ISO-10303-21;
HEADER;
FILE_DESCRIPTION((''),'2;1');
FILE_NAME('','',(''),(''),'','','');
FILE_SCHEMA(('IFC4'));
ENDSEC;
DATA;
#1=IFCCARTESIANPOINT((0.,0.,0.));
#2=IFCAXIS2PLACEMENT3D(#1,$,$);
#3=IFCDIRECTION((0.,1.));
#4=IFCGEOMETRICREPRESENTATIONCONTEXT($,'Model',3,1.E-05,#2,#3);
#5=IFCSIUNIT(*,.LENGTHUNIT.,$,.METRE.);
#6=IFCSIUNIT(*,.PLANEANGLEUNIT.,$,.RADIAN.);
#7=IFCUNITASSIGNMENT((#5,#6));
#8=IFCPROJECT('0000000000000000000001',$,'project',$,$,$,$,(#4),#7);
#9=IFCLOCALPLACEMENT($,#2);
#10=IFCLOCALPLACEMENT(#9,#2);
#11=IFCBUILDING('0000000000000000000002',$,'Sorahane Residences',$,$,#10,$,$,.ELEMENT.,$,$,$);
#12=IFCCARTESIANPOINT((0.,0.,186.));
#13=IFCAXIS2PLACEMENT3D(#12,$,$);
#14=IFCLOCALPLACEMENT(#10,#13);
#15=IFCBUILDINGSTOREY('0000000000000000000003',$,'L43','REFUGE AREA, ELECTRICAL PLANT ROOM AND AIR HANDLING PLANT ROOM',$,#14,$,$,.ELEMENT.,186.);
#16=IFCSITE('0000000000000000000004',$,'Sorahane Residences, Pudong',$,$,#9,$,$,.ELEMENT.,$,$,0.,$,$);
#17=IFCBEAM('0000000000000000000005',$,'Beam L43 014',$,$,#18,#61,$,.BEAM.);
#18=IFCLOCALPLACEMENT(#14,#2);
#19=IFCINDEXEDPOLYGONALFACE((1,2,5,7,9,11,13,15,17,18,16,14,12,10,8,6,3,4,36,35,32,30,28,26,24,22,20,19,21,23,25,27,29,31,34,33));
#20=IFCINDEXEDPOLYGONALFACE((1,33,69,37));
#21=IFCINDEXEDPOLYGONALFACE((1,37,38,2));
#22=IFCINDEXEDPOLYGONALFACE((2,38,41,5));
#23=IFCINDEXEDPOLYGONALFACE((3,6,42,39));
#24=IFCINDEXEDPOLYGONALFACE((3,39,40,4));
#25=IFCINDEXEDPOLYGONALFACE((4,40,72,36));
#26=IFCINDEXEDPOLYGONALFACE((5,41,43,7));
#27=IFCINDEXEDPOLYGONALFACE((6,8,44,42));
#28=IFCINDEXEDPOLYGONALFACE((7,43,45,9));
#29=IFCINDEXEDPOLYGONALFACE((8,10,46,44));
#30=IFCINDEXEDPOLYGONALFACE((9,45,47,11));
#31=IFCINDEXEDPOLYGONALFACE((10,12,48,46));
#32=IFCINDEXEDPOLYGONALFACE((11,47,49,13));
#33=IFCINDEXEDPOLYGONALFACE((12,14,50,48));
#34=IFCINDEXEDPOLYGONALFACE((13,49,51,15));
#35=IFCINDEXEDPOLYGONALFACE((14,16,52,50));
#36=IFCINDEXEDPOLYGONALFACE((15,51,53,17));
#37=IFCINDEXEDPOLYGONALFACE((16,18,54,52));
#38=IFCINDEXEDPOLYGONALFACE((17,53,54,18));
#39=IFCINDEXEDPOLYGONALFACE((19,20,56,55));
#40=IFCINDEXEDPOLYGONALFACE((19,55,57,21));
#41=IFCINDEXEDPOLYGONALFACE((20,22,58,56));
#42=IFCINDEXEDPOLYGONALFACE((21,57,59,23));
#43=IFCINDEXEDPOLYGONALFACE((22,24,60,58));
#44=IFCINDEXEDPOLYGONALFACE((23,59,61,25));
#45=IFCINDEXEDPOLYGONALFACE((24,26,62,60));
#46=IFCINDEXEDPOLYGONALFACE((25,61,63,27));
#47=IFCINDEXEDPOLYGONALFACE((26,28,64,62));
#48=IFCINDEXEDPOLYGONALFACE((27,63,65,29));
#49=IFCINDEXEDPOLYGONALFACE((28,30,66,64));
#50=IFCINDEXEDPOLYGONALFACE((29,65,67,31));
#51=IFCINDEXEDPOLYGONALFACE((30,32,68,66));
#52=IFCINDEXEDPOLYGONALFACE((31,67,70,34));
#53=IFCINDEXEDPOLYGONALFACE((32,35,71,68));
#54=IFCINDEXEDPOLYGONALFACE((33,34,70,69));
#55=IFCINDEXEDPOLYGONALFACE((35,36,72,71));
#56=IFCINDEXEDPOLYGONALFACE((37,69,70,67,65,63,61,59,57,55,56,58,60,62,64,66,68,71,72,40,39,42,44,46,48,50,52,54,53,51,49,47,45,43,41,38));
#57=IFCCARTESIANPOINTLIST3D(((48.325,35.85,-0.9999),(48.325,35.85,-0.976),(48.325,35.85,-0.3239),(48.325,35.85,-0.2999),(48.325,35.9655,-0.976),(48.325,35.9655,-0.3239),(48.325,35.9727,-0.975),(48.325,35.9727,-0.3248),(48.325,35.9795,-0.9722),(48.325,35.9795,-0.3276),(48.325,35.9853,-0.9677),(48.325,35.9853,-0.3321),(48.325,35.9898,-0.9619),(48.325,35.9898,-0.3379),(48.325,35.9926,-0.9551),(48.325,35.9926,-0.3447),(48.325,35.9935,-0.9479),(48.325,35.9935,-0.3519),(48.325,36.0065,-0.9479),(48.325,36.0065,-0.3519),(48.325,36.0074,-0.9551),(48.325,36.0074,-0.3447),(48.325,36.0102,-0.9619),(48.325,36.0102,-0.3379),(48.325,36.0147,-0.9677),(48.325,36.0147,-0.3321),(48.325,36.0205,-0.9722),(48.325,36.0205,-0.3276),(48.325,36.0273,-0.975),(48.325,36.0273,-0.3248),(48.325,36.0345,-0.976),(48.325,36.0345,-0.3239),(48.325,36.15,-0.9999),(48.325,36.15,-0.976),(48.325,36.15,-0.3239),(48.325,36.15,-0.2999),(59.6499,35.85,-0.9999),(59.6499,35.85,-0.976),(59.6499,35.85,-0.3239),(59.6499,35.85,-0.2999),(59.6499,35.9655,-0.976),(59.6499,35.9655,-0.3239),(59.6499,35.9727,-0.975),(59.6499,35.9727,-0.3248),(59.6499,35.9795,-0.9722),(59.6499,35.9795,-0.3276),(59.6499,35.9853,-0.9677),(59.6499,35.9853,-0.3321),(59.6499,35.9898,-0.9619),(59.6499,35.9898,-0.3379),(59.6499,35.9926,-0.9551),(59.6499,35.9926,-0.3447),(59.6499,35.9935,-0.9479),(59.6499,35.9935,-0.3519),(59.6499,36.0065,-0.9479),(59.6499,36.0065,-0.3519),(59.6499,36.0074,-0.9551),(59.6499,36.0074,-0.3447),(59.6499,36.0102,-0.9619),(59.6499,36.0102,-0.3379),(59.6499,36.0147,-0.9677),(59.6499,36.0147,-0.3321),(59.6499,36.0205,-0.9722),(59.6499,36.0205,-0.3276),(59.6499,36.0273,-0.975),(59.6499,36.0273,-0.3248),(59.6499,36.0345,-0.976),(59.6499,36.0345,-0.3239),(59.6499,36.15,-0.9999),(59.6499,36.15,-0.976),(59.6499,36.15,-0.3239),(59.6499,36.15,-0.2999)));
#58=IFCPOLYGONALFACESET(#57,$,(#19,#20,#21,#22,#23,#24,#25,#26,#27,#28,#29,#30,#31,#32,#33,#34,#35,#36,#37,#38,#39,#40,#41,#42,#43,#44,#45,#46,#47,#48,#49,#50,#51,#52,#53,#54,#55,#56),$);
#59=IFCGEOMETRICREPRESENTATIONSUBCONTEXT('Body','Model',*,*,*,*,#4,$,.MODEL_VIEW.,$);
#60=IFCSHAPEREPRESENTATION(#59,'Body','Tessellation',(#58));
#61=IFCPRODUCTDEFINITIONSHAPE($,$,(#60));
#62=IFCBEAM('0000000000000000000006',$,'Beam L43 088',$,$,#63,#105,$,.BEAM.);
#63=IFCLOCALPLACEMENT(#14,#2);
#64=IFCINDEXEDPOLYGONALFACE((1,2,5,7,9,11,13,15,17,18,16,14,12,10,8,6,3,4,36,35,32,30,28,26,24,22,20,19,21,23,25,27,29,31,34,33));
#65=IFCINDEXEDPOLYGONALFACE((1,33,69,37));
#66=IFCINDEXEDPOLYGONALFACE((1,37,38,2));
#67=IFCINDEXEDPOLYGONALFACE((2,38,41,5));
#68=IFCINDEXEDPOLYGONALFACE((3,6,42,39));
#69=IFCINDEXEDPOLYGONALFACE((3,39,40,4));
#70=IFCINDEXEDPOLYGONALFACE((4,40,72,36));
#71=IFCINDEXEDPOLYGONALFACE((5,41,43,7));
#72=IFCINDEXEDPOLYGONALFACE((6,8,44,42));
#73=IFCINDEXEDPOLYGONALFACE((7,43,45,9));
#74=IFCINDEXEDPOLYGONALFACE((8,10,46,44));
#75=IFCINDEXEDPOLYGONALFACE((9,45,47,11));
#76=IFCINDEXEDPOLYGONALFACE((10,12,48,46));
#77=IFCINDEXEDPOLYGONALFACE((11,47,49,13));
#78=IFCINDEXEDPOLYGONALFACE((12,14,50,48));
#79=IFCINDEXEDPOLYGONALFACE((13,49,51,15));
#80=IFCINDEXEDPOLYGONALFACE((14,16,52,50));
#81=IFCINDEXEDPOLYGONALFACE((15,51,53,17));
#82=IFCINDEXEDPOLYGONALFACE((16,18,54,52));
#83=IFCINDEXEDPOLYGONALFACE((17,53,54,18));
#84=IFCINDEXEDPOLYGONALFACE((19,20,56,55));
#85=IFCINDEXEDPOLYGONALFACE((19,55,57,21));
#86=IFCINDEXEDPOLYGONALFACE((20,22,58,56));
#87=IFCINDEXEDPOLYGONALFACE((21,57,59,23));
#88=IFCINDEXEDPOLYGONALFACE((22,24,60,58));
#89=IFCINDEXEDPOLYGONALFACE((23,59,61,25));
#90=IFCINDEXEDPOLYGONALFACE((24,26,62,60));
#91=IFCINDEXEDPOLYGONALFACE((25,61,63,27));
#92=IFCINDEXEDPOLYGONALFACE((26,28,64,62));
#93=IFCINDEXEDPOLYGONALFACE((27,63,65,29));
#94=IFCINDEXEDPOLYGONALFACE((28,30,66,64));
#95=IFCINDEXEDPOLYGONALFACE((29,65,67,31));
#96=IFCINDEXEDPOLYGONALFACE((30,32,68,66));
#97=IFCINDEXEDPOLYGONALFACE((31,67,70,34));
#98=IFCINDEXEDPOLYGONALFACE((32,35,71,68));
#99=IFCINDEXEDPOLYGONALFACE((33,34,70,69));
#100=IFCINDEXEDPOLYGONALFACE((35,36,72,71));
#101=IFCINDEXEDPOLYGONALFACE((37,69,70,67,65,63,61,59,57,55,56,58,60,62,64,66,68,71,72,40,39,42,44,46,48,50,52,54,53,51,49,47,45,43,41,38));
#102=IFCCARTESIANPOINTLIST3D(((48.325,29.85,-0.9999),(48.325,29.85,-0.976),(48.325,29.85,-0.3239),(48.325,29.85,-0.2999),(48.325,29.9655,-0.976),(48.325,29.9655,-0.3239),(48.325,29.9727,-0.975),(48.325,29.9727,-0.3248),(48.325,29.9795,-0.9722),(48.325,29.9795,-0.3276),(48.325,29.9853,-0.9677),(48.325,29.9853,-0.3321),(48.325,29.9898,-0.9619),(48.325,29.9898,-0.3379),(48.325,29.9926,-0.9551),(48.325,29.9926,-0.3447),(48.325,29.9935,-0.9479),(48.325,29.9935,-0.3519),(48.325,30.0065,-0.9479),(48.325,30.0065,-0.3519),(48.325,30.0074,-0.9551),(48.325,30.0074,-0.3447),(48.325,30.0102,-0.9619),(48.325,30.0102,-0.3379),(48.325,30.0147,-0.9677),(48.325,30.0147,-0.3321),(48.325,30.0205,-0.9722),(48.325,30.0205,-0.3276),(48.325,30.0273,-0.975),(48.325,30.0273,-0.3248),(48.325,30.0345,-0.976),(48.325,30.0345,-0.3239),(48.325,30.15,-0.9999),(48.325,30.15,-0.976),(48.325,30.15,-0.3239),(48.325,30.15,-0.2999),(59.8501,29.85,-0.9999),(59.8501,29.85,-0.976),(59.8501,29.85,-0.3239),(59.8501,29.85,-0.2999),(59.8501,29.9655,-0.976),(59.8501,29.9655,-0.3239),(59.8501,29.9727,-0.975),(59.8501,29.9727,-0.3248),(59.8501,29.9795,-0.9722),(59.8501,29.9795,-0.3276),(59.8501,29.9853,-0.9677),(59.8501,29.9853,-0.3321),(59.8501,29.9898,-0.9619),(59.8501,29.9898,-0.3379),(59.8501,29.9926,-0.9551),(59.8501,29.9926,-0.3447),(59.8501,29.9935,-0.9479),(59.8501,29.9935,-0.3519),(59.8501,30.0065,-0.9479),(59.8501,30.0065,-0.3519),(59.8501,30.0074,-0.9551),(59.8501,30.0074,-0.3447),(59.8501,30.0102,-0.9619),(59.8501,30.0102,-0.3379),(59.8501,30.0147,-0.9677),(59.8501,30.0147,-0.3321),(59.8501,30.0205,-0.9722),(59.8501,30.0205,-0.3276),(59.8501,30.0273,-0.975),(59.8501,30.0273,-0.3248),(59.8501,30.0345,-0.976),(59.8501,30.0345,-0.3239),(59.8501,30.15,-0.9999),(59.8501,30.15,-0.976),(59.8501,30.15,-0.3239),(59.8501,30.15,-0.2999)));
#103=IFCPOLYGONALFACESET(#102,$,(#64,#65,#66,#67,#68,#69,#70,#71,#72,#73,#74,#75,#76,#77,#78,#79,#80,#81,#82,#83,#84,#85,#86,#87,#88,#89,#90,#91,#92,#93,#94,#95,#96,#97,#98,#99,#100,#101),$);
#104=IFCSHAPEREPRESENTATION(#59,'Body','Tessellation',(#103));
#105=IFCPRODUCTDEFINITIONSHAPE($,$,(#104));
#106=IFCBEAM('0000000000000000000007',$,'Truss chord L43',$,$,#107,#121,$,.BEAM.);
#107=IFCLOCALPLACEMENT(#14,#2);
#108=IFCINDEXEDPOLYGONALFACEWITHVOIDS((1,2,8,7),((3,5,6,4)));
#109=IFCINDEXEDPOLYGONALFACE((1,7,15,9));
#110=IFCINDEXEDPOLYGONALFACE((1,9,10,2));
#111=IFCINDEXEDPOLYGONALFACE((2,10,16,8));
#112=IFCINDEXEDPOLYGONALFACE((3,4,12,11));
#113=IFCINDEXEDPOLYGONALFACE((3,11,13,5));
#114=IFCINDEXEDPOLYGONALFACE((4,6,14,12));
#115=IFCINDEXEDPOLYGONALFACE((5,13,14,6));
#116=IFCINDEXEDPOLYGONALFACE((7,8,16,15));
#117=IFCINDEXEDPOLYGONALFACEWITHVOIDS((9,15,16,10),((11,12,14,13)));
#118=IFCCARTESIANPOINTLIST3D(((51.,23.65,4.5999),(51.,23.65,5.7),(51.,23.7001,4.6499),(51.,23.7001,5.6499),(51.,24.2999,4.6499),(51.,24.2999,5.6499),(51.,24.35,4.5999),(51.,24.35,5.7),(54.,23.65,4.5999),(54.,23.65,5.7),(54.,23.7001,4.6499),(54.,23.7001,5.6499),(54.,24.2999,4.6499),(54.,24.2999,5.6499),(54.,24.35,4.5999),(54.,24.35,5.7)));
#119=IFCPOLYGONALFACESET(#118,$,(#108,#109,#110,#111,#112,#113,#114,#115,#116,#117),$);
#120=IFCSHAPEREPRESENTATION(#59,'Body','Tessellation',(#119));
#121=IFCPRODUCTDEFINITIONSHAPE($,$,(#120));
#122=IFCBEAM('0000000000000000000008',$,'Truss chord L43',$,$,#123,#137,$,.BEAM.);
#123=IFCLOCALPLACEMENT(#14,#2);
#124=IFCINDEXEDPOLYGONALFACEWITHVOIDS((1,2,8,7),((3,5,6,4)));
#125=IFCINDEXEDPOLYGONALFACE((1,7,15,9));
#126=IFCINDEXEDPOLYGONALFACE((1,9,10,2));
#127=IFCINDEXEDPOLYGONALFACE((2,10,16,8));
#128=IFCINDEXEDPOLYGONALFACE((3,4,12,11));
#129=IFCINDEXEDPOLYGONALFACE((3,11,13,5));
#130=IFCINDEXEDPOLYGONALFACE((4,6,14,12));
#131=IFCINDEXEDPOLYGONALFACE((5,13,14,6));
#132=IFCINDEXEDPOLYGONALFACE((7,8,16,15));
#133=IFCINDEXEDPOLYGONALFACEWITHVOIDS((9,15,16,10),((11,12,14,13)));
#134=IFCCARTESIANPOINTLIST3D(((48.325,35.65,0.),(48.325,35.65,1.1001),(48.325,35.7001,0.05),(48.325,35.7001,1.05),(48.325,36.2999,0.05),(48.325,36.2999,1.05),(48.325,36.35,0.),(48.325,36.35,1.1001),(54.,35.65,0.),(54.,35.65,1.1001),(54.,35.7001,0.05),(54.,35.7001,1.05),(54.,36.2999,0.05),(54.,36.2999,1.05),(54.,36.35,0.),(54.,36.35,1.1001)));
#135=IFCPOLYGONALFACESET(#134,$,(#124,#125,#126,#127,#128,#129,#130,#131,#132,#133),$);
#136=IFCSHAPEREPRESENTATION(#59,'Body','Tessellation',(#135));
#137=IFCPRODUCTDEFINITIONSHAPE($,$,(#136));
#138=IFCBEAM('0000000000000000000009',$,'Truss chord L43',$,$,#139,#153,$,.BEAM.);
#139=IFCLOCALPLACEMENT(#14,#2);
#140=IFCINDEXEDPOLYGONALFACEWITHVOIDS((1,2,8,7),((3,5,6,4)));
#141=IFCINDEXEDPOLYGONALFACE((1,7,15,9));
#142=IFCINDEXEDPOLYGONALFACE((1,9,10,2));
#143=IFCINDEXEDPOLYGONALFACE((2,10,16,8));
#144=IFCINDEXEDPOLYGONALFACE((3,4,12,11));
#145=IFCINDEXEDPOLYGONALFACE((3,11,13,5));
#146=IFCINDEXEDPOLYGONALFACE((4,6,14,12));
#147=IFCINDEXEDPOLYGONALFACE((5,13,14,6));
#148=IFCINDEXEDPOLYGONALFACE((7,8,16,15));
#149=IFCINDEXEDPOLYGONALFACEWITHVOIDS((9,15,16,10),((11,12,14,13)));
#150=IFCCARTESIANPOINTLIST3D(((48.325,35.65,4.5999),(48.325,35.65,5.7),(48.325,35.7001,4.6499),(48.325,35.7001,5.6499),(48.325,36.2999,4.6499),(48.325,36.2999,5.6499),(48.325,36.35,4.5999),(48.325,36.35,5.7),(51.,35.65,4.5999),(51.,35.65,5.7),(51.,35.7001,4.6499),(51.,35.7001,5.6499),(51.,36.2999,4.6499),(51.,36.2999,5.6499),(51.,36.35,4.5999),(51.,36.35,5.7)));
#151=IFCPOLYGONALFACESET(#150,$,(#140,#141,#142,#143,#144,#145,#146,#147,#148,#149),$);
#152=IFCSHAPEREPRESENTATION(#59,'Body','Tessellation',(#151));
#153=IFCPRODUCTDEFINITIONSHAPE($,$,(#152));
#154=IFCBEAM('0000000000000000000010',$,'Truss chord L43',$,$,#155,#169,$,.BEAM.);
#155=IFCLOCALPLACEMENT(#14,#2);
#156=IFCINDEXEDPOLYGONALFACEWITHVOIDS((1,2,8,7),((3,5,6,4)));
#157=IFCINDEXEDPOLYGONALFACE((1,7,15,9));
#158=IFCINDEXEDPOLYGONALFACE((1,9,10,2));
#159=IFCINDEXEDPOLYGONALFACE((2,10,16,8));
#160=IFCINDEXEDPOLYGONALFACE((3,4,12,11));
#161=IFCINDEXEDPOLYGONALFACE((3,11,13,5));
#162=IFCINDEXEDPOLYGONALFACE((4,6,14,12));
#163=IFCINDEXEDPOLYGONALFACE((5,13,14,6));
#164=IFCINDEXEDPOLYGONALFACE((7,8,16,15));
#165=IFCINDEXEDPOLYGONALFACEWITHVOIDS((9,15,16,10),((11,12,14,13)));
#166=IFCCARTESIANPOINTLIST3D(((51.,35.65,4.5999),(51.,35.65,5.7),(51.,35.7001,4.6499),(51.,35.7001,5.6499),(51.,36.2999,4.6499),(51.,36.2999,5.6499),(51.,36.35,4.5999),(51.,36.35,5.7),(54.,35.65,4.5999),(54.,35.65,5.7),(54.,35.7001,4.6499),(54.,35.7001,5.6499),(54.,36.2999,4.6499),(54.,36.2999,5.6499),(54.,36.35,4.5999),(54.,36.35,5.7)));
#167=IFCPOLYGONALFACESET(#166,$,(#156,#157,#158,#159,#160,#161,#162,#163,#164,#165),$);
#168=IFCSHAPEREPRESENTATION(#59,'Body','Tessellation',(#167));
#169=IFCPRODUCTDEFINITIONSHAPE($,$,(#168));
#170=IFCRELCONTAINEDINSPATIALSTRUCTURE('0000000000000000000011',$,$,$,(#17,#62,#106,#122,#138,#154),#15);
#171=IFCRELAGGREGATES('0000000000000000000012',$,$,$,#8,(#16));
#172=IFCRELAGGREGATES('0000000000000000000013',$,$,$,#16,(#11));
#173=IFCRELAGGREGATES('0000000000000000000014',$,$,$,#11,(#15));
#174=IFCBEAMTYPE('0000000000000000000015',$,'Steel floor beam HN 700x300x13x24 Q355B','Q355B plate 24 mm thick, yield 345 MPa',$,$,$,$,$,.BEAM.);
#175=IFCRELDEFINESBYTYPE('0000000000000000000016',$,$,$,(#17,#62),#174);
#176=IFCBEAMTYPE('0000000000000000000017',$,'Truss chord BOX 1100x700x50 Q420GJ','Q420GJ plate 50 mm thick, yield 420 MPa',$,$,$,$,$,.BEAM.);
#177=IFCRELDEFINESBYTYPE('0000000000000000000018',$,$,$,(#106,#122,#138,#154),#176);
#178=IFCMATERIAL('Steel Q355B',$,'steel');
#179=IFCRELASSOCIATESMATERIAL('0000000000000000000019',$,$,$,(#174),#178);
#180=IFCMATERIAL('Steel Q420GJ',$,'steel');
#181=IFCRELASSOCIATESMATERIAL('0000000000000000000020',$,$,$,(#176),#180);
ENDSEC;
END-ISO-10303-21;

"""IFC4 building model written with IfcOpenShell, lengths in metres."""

from ifc_helpers import new_model, si_unit, direction, frame, origin, origin_2d, place, context, subcontext, project, spatial, hollow_rectangle, i_section, extrude, material, material_profile, profile_set, type_object, element, save


model = new_model("IFC4")

# Units and contexts
model_context = context("Model", 3, precision=1e-05, world=origin(), true_north=direction((0.0, 1.0)))
body_context = subcontext(model_context, "Body", "Model", "MODEL_VIEW")
ifc_project = project(units=[si_unit("LENGTHUNIT", "METRE"), si_unit("PLANEANGLEUNIT", "RADIAN")], contexts=[model_context])

# Site, building, storey
site_placement = place(None, origin())
site = spatial("IfcSite", under=ifc_project, at=site_placement, Name="Sorahane Residences, Pudong", CompositionType="ELEMENT", RefElevation=0.0)
building_placement = place(site_placement, origin())
building = spatial("IfcBuilding", under=site, at=building_placement, Name="Sorahane Residences", CompositionType="ELEMENT")
storey_placement = place(building_placement, frame((0.0, 0.0, 186.0)))
storey = spatial("IfcBuildingStorey", under=building, at=storey_placement, Name="L43", Description="REFUGE AREA, ELECTRICAL PLANT ROOM AND AIR HANDLING PLANT ROOM", CompositionType="ELEMENT", Elevation=186.0)

# Beams
ifc_material_1 = material(Name="Steel Q355B", Category="steel")
ifc_material_profile_1 = material_profile(ifc_material_1, i_section(OverallWidth=0.3, OverallDepth=0.7, WebThickness=0.0129, FlangeThickness=0.0239, FilletRadius=0.0281, at=origin_2d()), Name="HN 700x300x13x24")
ifc_profile_set_1 = profile_set([ifc_material_profile_1], Name="Steel Q355B")
beam_type_1 = type_object("IfcBeamType", Name="Steel floor beam HN 700x300x13x24 Q355B", Description="Q355B plate 24 mm thick, yield 345 MPa", PredefinedType="BEAM", material=ifc_profile_set_1)
beam_1_placement = place(storey_placement, frame((48.325, 36.0, -0.6499), z_axis=(1.0, 0.0, 0.0), x_axis=(0.0, 1.0, 0.0)))
element("IfcBeam", 1, at=beam_1_placement, inside=storey, type_object=beam_type_1, Name="Beam L43 014", PredefinedType="BEAM", context=body_context, shape_type="SweptSolid", body=[
    extrude(i_section(OverallWidth=0.3, OverallDepth=0.7, WebThickness=0.0129, FlangeThickness=0.0239, FilletRadius=0.0281, at=origin_2d()), origin(), (0.0, 0.0, 1.0), 11.325),
])
beam_2_placement = place(storey_placement, frame((48.325, 30.0, -0.6499), z_axis=(1.0, 0.0, 0.0), x_axis=(0.0, 1.0, 0.0)))
element("IfcBeam", 2, at=beam_2_placement, inside=storey, type_object=beam_type_1, Name="Beam L43 088", PredefinedType="BEAM", context=body_context, shape_type="SweptSolid", body=[
    extrude(i_section(OverallWidth=0.3, OverallDepth=0.7, WebThickness=0.0129, FlangeThickness=0.0239, FilletRadius=0.0281, at=origin_2d()), origin(), (0.0, 0.0, 1.0), 11.5251),
])
ifc_material_2 = material(Name="Steel Q420GJ", Category="steel")
ifc_material_profile_2 = material_profile(ifc_material_2, hollow_rectangle(XDim=0.7, YDim=1.1001, WallThickness=0.05, at=origin_2d()), Name="BOX 1100x700x50")
ifc_profile_set_2 = profile_set([ifc_material_profile_2], Name="Steel Q420GJ")
beam_type_2 = type_object("IfcBeamType", Name="Truss chord BOX 1100x700x50 Q420GJ", Description="Q420GJ plate 50 mm thick, yield 420 MPa", PredefinedType="BEAM", material=ifc_profile_set_2)
beam_3_placement = place(storey_placement, frame((51.0, 24.0, 5.1499), z_axis=(1.0, 0.0, 0.0), x_axis=(0.0, 1.0, 0.0)))
element("IfcBeam", 3, at=beam_3_placement, inside=storey, type_object=beam_type_2, Name="Truss chord L43", PredefinedType="BEAM", context=body_context, shape_type="SweptSolid", body=[
    extrude(hollow_rectangle(XDim=0.7, YDim=1.1001, WallThickness=0.05, at=origin_2d()), origin(), (0.0, 0.0, 1.0), 3.0),
])
beam_4_placement = place(storey_placement, frame((48.325, 36.0, 0.55), z_axis=(1.0, 0.0, 0.0), x_axis=(0.0, 1.0, 0.0)))
element("IfcBeam", 4, at=beam_4_placement, inside=storey, type_object=beam_type_2, Name="Truss chord L43", PredefinedType="BEAM", context=body_context, shape_type="SweptSolid", body=[
    extrude(hollow_rectangle(XDim=0.7, YDim=1.1001, WallThickness=0.05, at=origin_2d()), origin(), (0.0, 0.0, 1.0), 5.675),
])
beam_5_placement = place(storey_placement, frame((48.325, 36.0, 5.1499), z_axis=(1.0, 0.0, 0.0), x_axis=(0.0, 1.0, 0.0)))
element("IfcBeam", 5, at=beam_5_placement, inside=storey, type_object=beam_type_2, Name="Truss chord L43", PredefinedType="BEAM", context=body_context, shape_type="SweptSolid", body=[
    extrude(hollow_rectangle(XDim=0.7, YDim=1.1001, WallThickness=0.05, at=origin_2d()), origin(), (0.0, 0.0, 1.0), 2.675),
])
beam_6_placement = place(storey_placement, frame((51.0, 36.0, 5.1499), z_axis=(1.0, 0.0, 0.0), x_axis=(0.0, 1.0, 0.0)))
element("IfcBeam", 6, at=beam_6_placement, inside=storey, type_object=beam_type_2, Name="Truss chord L43", PredefinedType="BEAM", context=body_context, shape_type="SweptSolid", body=[
    extrude(hollow_rectangle(XDim=0.7, YDim=1.1001, WallThickness=0.05, at=origin_2d()), origin(), (0.0, 0.0, 1.0), 3.0),
])

save(model, "model.ifc")
